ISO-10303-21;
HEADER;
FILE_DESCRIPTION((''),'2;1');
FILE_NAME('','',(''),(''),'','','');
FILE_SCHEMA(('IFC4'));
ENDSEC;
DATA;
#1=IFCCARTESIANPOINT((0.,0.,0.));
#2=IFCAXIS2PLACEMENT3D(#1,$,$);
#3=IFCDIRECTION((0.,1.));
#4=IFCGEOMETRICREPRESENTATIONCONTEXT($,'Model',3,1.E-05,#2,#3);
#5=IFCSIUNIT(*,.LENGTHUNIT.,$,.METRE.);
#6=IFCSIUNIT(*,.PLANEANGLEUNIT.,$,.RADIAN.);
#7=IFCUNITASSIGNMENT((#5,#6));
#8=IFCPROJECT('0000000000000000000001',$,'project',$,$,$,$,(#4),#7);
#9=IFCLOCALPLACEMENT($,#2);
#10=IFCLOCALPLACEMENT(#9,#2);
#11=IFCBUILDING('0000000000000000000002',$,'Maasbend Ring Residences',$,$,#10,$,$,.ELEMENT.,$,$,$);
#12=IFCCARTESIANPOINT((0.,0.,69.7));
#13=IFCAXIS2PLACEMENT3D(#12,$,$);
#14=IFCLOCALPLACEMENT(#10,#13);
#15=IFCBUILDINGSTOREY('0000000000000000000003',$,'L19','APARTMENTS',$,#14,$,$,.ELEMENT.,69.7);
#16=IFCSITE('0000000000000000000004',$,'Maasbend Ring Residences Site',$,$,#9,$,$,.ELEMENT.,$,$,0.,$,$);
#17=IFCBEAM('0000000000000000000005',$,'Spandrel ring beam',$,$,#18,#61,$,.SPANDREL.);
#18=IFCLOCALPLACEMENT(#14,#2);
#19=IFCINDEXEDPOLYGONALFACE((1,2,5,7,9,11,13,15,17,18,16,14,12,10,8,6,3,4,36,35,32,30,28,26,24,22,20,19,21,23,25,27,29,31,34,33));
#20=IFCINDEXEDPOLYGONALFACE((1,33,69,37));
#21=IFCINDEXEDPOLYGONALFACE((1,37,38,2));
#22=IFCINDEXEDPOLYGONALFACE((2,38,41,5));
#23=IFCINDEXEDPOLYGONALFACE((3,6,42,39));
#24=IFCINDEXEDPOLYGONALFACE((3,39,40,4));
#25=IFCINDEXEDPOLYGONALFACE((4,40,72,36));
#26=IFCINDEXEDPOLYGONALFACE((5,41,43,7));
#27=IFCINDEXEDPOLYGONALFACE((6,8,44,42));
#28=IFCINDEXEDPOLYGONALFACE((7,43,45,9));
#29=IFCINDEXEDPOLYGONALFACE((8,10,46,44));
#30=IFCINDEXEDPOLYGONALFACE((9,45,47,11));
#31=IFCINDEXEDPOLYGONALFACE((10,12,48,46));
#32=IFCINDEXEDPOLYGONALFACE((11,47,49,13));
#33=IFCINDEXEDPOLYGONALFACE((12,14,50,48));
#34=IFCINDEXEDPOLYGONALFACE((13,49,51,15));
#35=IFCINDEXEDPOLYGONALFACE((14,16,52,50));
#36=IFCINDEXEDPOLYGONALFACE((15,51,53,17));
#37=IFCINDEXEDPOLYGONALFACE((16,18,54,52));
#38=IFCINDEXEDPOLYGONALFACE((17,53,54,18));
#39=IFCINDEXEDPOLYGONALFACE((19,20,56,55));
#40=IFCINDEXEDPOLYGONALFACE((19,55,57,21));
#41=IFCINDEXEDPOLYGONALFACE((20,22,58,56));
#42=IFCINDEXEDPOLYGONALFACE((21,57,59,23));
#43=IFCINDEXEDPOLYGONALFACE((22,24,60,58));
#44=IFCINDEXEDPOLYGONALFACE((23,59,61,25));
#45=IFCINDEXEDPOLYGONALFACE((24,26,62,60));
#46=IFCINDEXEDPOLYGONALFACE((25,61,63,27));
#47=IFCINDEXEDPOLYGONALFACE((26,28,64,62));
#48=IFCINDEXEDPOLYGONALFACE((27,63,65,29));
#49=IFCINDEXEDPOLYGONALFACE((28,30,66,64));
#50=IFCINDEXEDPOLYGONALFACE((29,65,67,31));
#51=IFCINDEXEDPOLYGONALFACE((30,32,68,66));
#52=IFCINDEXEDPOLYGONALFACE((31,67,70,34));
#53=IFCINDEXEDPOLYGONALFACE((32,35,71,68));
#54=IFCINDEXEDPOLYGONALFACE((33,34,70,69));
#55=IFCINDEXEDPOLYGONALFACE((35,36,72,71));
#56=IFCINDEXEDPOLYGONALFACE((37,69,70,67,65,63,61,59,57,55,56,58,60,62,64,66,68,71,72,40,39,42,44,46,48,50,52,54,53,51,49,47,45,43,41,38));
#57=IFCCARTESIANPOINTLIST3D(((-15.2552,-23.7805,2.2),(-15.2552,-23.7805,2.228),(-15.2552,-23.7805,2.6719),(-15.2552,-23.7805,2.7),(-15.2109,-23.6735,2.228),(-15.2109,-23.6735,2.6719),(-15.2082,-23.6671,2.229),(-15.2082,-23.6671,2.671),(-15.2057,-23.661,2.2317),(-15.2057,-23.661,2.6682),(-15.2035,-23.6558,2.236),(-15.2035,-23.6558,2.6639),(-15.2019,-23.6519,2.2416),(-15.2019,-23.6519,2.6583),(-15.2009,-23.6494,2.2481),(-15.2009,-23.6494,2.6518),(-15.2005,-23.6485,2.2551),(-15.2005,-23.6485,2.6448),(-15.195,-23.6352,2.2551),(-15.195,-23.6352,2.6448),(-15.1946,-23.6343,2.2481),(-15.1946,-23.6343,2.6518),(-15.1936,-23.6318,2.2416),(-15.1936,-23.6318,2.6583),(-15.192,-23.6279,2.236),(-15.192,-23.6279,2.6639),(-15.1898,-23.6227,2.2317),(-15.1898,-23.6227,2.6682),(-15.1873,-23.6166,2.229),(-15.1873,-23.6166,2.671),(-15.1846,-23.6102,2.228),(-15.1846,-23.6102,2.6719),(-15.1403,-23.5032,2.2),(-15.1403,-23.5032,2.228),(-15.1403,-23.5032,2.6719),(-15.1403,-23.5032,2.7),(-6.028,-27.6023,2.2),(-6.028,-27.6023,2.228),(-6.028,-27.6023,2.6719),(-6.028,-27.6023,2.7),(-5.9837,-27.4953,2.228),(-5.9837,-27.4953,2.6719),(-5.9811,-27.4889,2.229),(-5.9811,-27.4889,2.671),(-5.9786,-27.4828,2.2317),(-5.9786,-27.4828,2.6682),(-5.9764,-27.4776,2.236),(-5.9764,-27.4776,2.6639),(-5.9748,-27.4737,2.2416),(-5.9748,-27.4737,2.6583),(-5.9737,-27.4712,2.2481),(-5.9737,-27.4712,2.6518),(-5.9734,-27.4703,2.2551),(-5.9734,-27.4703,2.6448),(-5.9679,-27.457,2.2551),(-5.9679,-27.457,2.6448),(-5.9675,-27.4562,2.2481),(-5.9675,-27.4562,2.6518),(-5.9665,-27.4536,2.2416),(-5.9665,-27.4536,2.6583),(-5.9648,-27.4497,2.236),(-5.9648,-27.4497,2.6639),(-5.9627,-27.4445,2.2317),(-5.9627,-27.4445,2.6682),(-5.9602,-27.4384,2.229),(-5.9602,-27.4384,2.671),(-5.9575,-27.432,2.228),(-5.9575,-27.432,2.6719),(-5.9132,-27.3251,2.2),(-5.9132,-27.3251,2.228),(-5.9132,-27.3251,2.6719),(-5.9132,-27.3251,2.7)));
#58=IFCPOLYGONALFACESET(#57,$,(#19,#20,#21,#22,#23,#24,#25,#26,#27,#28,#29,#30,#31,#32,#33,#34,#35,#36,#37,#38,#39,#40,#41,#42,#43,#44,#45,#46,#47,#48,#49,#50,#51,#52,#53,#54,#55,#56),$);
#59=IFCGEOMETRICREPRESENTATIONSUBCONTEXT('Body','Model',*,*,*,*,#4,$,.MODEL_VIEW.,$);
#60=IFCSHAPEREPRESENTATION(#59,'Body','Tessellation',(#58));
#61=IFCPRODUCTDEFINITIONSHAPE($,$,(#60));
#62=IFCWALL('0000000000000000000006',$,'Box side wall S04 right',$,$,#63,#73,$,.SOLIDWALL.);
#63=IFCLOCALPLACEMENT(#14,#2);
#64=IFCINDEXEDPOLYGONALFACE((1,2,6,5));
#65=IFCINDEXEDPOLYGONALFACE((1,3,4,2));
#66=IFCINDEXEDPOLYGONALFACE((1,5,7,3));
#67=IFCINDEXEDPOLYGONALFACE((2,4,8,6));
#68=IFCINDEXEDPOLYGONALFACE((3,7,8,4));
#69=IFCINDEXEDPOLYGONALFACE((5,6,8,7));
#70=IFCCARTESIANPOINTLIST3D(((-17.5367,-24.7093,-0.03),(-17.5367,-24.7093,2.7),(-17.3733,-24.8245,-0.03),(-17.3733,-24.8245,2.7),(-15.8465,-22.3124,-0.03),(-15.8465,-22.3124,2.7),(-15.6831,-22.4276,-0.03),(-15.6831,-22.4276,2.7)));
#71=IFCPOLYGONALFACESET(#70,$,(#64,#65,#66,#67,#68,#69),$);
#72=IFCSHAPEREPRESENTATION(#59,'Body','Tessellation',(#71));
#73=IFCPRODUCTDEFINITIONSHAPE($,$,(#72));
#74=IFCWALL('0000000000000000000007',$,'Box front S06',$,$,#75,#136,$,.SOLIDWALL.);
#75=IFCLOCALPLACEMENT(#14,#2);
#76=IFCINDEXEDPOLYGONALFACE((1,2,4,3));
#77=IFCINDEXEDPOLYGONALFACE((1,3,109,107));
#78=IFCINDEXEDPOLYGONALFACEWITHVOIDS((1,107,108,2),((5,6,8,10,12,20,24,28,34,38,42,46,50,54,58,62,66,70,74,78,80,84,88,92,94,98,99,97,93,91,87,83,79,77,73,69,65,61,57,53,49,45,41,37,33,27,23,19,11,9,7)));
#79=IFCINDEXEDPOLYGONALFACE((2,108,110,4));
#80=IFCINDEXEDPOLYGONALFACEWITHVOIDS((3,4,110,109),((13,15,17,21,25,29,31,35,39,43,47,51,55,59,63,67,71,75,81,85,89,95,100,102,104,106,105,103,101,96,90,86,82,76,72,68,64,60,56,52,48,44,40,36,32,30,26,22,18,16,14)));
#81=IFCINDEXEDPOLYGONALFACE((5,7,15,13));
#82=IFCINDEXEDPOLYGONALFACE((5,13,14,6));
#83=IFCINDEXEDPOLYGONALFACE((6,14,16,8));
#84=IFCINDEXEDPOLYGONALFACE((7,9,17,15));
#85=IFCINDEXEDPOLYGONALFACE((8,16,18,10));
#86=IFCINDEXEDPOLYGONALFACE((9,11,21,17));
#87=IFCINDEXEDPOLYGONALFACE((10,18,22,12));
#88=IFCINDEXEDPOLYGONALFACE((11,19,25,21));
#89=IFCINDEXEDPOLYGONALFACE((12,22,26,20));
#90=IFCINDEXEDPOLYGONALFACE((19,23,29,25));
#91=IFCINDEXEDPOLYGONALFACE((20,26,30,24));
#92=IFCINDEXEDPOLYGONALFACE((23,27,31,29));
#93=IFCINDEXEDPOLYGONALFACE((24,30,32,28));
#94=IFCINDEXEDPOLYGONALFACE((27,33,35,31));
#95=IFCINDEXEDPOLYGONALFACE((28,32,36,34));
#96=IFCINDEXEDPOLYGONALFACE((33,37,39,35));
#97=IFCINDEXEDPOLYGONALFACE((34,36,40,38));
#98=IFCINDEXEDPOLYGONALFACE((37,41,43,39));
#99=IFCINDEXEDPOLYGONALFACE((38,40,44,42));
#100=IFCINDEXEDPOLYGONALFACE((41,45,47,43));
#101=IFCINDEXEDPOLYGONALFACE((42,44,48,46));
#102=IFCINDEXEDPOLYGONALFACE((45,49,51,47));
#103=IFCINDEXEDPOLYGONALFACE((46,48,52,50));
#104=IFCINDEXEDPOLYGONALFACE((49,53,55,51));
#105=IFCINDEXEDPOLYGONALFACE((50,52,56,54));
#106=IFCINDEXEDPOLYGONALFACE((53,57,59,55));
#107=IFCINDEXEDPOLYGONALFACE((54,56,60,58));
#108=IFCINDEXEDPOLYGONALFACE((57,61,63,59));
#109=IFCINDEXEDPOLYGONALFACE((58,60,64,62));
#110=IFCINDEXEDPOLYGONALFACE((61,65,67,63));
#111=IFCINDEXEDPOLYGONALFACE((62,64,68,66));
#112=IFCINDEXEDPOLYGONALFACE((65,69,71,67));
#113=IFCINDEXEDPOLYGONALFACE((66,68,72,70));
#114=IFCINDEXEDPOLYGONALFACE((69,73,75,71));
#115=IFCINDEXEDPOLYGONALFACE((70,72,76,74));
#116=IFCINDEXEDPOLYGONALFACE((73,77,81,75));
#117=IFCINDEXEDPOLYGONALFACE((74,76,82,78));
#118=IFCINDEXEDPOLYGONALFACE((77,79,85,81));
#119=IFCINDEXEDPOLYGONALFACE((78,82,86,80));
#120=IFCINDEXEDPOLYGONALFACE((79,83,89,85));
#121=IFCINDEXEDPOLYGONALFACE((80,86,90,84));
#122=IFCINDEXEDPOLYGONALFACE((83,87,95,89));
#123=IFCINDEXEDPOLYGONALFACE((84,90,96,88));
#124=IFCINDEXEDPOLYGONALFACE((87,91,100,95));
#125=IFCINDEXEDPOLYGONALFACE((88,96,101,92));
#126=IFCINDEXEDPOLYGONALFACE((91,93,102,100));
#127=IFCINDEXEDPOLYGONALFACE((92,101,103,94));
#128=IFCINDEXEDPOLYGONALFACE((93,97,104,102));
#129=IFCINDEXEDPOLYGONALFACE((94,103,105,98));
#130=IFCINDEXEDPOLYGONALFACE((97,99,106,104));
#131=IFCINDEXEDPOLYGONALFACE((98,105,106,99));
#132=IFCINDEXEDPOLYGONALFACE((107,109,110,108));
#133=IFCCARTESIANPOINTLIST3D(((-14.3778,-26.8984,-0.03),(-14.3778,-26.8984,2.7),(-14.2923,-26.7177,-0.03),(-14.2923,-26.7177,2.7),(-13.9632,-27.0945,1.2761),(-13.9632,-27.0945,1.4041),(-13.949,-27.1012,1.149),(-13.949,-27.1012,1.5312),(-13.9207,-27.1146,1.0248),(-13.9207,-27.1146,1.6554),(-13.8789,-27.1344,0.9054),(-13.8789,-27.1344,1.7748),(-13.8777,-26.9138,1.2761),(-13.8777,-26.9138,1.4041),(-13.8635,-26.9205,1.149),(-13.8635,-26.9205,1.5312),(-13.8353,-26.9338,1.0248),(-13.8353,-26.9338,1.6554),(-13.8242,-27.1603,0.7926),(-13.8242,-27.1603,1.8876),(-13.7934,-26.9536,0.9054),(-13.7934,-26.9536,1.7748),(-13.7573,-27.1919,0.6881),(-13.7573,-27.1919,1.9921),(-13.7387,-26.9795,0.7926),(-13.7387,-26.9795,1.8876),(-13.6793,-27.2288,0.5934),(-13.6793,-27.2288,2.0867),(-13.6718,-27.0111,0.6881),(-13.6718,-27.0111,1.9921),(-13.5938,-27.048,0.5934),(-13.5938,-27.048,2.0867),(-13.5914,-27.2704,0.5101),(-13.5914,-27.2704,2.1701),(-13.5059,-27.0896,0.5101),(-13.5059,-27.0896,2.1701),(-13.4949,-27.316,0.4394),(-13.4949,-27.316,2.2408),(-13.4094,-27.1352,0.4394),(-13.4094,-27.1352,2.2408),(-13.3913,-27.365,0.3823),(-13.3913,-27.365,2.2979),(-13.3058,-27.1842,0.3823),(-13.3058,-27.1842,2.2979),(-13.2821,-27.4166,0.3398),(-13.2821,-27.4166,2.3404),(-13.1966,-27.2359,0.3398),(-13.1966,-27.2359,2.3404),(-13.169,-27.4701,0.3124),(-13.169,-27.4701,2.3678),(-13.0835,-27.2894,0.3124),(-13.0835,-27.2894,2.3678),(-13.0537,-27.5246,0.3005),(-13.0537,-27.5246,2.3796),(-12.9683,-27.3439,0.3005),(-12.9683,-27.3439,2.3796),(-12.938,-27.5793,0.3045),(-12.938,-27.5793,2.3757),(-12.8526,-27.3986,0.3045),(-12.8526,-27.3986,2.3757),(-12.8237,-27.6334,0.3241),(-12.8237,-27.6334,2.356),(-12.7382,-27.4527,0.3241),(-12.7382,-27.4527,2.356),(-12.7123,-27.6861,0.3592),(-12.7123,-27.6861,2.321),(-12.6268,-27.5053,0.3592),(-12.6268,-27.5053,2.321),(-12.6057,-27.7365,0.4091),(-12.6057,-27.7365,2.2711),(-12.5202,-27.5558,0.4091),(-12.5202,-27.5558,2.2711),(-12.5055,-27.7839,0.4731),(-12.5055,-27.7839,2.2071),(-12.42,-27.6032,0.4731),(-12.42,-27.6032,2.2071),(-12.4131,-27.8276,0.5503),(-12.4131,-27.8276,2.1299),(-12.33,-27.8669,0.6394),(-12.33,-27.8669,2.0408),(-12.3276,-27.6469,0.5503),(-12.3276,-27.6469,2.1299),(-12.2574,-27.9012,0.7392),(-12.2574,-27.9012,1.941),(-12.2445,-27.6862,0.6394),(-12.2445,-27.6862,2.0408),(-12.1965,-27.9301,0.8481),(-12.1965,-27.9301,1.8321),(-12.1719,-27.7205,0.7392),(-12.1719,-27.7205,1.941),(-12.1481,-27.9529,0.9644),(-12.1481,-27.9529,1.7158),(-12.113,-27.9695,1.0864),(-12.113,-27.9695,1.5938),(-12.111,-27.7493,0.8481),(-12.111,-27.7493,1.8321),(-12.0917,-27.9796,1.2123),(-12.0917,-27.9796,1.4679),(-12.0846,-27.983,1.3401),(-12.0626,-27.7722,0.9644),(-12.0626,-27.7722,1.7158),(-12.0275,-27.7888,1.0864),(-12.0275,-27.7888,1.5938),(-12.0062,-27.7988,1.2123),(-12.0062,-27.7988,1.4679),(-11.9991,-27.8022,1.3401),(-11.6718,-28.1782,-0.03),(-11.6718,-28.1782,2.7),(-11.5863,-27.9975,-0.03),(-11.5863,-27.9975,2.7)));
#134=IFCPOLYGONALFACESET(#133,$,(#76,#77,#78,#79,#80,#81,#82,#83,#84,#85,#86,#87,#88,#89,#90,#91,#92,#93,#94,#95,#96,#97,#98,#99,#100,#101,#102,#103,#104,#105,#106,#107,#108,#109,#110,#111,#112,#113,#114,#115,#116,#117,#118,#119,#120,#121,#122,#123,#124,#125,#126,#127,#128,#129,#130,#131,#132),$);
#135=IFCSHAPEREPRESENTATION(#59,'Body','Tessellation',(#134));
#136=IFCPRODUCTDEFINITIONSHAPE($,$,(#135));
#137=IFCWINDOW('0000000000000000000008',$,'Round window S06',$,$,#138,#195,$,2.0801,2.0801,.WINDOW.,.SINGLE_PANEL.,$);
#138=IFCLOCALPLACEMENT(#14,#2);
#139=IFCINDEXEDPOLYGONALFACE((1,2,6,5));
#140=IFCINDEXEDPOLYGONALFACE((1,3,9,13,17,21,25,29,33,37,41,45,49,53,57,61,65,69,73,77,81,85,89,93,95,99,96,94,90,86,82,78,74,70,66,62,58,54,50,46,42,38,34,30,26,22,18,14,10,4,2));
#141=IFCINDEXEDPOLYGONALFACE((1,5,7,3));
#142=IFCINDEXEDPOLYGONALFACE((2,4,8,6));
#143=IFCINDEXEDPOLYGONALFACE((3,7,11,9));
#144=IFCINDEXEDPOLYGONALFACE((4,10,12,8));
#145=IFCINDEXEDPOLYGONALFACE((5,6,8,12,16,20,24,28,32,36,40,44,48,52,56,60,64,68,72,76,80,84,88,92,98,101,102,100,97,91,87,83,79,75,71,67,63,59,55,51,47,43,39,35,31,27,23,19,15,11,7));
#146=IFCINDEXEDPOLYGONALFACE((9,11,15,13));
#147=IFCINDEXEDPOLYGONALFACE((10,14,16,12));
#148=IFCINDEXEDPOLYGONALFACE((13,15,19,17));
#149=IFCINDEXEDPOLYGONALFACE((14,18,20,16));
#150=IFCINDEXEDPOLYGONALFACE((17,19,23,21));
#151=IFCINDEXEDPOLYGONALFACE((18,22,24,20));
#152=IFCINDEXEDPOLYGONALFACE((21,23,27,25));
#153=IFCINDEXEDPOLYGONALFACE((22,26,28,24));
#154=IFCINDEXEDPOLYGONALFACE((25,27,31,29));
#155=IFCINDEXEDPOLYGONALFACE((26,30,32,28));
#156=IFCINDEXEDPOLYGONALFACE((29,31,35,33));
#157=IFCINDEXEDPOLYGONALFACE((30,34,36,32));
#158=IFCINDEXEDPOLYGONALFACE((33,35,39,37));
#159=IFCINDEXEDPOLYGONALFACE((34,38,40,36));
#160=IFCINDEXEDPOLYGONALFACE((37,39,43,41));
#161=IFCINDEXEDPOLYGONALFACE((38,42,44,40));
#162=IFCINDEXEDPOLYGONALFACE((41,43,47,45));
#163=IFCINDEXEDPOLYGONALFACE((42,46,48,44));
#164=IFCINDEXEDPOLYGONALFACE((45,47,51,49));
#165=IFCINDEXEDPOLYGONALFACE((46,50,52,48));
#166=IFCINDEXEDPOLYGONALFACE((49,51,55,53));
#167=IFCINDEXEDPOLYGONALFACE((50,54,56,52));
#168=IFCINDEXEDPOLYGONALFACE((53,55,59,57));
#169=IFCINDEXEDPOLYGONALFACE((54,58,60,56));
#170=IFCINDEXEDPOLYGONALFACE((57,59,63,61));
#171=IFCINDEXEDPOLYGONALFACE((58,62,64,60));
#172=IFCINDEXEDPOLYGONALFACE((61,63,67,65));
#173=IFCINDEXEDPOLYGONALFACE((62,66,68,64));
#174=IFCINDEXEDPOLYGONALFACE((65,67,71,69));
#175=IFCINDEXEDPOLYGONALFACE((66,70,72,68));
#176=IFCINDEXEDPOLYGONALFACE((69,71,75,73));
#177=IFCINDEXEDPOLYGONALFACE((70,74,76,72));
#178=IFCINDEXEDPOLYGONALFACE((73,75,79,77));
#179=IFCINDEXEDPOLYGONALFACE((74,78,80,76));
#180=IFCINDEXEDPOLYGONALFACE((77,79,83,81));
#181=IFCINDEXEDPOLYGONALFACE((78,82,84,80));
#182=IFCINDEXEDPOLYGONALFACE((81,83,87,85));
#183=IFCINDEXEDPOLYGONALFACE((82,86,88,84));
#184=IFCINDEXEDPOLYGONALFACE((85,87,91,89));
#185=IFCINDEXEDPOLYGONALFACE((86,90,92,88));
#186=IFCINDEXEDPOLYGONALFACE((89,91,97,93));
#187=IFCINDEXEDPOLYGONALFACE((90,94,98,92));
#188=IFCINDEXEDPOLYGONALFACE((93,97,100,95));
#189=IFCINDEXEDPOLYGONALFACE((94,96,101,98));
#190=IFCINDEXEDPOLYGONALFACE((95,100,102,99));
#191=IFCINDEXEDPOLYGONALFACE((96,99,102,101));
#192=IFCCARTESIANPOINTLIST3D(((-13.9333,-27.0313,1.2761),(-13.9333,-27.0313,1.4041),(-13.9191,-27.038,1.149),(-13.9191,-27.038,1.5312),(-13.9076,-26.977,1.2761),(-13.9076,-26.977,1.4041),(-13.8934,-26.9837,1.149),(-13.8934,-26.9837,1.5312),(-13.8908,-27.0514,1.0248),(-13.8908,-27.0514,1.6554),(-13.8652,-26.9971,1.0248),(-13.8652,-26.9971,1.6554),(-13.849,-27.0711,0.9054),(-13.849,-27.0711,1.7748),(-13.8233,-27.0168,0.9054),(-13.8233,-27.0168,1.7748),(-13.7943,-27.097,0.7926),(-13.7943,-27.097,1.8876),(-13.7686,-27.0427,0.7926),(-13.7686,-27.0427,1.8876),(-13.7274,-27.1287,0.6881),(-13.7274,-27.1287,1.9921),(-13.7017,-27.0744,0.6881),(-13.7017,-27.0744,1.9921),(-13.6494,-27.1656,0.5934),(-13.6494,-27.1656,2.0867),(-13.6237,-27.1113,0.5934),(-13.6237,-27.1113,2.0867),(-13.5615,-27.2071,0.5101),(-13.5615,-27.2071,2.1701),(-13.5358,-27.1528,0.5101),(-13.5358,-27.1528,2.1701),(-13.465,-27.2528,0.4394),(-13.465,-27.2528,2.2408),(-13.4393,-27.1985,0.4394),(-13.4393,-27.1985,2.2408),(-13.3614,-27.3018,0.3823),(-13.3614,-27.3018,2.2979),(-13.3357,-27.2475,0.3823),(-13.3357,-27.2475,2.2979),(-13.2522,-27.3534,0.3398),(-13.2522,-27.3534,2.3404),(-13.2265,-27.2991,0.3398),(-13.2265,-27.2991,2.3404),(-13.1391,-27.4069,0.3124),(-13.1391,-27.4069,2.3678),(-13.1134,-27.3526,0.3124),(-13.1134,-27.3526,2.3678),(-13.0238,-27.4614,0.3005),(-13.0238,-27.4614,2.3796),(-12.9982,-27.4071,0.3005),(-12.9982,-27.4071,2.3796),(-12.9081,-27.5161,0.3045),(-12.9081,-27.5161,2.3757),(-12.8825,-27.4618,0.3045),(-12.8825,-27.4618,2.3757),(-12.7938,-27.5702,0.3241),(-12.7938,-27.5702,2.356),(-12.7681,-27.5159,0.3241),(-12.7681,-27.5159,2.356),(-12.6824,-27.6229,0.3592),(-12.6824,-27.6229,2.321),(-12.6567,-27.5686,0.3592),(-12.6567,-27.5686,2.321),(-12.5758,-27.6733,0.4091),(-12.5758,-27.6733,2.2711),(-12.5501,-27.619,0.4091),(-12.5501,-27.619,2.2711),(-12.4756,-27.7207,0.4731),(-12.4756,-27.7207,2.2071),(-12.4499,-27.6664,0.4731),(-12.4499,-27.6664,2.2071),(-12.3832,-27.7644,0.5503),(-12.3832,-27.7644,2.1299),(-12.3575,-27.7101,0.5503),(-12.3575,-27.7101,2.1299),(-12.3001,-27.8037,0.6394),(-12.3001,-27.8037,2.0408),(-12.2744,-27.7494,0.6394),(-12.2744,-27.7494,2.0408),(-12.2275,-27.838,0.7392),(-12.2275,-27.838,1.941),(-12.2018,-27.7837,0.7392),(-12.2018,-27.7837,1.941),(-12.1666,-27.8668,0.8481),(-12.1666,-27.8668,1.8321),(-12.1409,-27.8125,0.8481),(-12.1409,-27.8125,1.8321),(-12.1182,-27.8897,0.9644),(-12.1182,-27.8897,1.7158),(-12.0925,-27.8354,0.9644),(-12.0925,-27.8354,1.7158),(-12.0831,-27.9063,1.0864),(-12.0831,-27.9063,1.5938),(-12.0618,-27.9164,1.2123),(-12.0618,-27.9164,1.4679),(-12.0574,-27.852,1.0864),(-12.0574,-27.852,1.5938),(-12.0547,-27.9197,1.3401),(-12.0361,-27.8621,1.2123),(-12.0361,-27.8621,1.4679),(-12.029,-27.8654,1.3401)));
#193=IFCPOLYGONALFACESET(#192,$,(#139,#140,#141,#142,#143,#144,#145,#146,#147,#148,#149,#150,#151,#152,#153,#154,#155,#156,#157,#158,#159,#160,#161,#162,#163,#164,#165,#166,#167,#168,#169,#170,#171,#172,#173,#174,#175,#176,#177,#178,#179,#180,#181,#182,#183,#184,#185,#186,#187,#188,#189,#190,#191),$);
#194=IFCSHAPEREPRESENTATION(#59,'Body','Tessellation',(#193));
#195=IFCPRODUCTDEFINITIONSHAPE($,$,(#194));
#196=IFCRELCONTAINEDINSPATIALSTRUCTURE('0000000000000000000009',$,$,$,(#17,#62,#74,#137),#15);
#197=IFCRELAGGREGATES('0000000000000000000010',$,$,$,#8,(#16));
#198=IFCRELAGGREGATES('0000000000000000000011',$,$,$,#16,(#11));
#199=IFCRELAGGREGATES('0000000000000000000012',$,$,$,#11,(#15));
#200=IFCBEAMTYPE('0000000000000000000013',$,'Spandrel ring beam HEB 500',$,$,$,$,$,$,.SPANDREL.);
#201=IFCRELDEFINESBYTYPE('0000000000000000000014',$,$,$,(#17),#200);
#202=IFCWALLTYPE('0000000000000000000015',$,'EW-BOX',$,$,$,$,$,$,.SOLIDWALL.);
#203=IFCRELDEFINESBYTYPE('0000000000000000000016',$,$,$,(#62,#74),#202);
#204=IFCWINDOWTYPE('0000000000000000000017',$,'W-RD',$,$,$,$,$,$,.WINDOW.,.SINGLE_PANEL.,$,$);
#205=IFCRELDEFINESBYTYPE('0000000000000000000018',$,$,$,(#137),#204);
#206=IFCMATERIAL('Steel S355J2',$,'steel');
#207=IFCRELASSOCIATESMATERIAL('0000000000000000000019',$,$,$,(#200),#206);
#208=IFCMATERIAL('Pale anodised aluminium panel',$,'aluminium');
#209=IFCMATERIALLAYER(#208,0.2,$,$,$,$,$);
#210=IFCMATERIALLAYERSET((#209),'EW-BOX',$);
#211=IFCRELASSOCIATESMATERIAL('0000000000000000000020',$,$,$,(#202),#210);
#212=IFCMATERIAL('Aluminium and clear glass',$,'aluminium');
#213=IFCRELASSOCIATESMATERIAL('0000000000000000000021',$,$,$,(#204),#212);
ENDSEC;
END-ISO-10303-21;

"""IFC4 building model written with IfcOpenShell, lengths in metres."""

from ifc_helpers import new_model, si_unit, direction, frame, frame_2d, origin, origin_2d, place, context, subcontext, project, spatial, rectangle, circle, i_section, extrude, material, layer, layer_set, material_profile, profile_set, type_object, element, fill, save


model = new_model("IFC4")

# Units and contexts
model_context = context("Model", 3, precision=1e-05, world=origin(), true_north=direction((0.0, 1.0)))
body_context = subcontext(model_context, "Body", "Model", "MODEL_VIEW")
ifc_project = project(units=[si_unit("LENGTHUNIT", "METRE"), si_unit("PLANEANGLEUNIT", "RADIAN")], contexts=[model_context])

# Site, building, storey
site_placement = place(None, origin())
site = spatial("IfcSite", under=ifc_project, at=site_placement, Name="Maasbend Ring Residences Site", CompositionType="ELEMENT", RefElevation=0.0)
building_placement = place(site_placement, origin())
building = spatial("IfcBuilding", under=site, at=building_placement, Name="Maasbend Ring Residences", CompositionType="ELEMENT")
storey_placement = place(building_placement, frame((0.0, 0.0, 69.7)))
storey = spatial("IfcBuildingStorey", under=building, at=storey_placement, Name="L19", Description="APARTMENTS", CompositionType="ELEMENT", Elevation=69.7)

# Beam
ifc_material_1 = material(Name="Steel S355J2", Category="steel")
ifc_material_profile_1 = material_profile(ifc_material_1, i_section(OverallWidth=0.3, OverallDepth=0.5, WebThickness=0.0144, FlangeThickness=0.0281, FilletRadius=0.0271, at=origin_2d()), Name="HEB 500")
ifc_profile_set_1 = profile_set([ifc_material_profile_1], Name="Steel S355J2")
beam_type_1 = type_object("IfcBeamType", Name="Spandrel ring beam HEB 500", PredefinedType="SPANDREL", material=ifc_profile_set_1)
beam_1_placement = place(storey_placement, frame((-15.1978, -23.6418, 2.45), z_axis=(0.923886, -0.382667, 0.0), x_axis=(0.382667, 0.923886, 0.0)))
element("IfcBeam", 1, at=beam_1_placement, inside=storey, type_object=beam_type_1, Name="Spandrel ring beam", PredefinedType="SPANDREL", context=body_context, shape_type="SweptSolid", body=[
    extrude(i_section(OverallWidth=0.3, OverallDepth=0.5, WebThickness=0.0144, FlangeThickness=0.0281, FilletRadius=0.0271, at=origin_2d()), origin(), (0.0, 0.0, 1.0), 9.9873),
])

# Wall
ifc_material_2 = material(Name="Pale anodised aluminium panel", Category="aluminium")
ifc_layer_1 = layer(ifc_material_2, 0.2)
ifc_layer_set_1 = layer_set([ifc_layer_1], Name="EW-BOX")
wall_type_1 = type_object("IfcWallType", Name="EW-BOX", PredefinedType="SOLIDWALL", material=ifc_layer_set_1)
wall_1_placement = place(storey_placement, frame((-15.7649, -22.3701, -0.03), z_axis=(0.0, 0.0, 1.0), x_axis=(-0.576275, -0.817256, 0.0)))
element("IfcWall", 2, at=wall_1_placement, inside=storey, type_object=wall_type_1, Name="Box side wall S04 right", PredefinedType="SOLIDWALL", context=body_context, shape_type="SweptSolid", body=[
    extrude(rectangle(XDim=2.9329, YDim=0.2, at=frame_2d((1.4663, 0.0))), origin(), (0.0, 0.0, 1.0), 2.73),
])

# Wall, opening, window
wall_2_placement = place(storey_placement, frame((-14.335, -26.8081, -0.03), z_axis=(0.0, 0.0, 1.0), x_axis=(0.904, -0.427532, 0.0)))
wall_2 = element("IfcWall", 3, at=wall_2_placement, inside=storey, type_object=wall_type_1, Name="Box front S06", PredefinedType="SOLIDWALL", context=body_context, shape_type="SweptSolid", body=[
    extrude(rectangle(XDim=2.9934, YDim=0.2, at=frame_2d((1.4966, 0.0))), origin(), (0.0, 0.0, 1.0), 2.73),
])
opening_1_placement = place(wall_2_placement, frame((0.4565, 0.0, 0.3301)))
opening_1 = element("IfcOpeningElement", 4, at=opening_1_placement, cuts=wall_2, PredefinedType="OPENING", context=body_context, shape_type="SweptSolid", body=[
    extrude(circle(Radius=1.04, at=frame_2d((1.04, 1.04))), frame((0.0, 0.1099, 0.0), z_axis=(0.0, -1.0, 0.0), x_axis=(1.0, 0.0, 0.0)), (0.0, 0.0, 1.0), 0.22),
])
ifc_material_3 = material(Name="Aluminium and clear glass", Category="aluminium")
window_type_1 = type_object("IfcWindowType", Name="W-RD", PartitioningType="SINGLE_PANEL", PredefinedType="WINDOW", material=ifc_material_3)
window_1_placement = place(opening_1_placement, origin())
window_1 = element("IfcWindow", 5, at=window_1_placement, inside=storey, type_object=window_type_1, Name="Round window S06", OverallHeight=2.0801, OverallWidth=2.0801, PartitioningType="SINGLE_PANEL", PredefinedType="WINDOW", context=body_context, shape_type="SweptSolid", body=[
    extrude(circle(Radius=1.04, at=frame_2d((1.04, 1.04))), frame((0.0, 0.03, 0.0), z_axis=(0.0, -1.0, 0.0), x_axis=(1.0, 0.0, 0.0)), (0.0, 0.0, 1.0), 0.0601),
])
fill(opening_1, window_1)

save(model, "model.ifc")
